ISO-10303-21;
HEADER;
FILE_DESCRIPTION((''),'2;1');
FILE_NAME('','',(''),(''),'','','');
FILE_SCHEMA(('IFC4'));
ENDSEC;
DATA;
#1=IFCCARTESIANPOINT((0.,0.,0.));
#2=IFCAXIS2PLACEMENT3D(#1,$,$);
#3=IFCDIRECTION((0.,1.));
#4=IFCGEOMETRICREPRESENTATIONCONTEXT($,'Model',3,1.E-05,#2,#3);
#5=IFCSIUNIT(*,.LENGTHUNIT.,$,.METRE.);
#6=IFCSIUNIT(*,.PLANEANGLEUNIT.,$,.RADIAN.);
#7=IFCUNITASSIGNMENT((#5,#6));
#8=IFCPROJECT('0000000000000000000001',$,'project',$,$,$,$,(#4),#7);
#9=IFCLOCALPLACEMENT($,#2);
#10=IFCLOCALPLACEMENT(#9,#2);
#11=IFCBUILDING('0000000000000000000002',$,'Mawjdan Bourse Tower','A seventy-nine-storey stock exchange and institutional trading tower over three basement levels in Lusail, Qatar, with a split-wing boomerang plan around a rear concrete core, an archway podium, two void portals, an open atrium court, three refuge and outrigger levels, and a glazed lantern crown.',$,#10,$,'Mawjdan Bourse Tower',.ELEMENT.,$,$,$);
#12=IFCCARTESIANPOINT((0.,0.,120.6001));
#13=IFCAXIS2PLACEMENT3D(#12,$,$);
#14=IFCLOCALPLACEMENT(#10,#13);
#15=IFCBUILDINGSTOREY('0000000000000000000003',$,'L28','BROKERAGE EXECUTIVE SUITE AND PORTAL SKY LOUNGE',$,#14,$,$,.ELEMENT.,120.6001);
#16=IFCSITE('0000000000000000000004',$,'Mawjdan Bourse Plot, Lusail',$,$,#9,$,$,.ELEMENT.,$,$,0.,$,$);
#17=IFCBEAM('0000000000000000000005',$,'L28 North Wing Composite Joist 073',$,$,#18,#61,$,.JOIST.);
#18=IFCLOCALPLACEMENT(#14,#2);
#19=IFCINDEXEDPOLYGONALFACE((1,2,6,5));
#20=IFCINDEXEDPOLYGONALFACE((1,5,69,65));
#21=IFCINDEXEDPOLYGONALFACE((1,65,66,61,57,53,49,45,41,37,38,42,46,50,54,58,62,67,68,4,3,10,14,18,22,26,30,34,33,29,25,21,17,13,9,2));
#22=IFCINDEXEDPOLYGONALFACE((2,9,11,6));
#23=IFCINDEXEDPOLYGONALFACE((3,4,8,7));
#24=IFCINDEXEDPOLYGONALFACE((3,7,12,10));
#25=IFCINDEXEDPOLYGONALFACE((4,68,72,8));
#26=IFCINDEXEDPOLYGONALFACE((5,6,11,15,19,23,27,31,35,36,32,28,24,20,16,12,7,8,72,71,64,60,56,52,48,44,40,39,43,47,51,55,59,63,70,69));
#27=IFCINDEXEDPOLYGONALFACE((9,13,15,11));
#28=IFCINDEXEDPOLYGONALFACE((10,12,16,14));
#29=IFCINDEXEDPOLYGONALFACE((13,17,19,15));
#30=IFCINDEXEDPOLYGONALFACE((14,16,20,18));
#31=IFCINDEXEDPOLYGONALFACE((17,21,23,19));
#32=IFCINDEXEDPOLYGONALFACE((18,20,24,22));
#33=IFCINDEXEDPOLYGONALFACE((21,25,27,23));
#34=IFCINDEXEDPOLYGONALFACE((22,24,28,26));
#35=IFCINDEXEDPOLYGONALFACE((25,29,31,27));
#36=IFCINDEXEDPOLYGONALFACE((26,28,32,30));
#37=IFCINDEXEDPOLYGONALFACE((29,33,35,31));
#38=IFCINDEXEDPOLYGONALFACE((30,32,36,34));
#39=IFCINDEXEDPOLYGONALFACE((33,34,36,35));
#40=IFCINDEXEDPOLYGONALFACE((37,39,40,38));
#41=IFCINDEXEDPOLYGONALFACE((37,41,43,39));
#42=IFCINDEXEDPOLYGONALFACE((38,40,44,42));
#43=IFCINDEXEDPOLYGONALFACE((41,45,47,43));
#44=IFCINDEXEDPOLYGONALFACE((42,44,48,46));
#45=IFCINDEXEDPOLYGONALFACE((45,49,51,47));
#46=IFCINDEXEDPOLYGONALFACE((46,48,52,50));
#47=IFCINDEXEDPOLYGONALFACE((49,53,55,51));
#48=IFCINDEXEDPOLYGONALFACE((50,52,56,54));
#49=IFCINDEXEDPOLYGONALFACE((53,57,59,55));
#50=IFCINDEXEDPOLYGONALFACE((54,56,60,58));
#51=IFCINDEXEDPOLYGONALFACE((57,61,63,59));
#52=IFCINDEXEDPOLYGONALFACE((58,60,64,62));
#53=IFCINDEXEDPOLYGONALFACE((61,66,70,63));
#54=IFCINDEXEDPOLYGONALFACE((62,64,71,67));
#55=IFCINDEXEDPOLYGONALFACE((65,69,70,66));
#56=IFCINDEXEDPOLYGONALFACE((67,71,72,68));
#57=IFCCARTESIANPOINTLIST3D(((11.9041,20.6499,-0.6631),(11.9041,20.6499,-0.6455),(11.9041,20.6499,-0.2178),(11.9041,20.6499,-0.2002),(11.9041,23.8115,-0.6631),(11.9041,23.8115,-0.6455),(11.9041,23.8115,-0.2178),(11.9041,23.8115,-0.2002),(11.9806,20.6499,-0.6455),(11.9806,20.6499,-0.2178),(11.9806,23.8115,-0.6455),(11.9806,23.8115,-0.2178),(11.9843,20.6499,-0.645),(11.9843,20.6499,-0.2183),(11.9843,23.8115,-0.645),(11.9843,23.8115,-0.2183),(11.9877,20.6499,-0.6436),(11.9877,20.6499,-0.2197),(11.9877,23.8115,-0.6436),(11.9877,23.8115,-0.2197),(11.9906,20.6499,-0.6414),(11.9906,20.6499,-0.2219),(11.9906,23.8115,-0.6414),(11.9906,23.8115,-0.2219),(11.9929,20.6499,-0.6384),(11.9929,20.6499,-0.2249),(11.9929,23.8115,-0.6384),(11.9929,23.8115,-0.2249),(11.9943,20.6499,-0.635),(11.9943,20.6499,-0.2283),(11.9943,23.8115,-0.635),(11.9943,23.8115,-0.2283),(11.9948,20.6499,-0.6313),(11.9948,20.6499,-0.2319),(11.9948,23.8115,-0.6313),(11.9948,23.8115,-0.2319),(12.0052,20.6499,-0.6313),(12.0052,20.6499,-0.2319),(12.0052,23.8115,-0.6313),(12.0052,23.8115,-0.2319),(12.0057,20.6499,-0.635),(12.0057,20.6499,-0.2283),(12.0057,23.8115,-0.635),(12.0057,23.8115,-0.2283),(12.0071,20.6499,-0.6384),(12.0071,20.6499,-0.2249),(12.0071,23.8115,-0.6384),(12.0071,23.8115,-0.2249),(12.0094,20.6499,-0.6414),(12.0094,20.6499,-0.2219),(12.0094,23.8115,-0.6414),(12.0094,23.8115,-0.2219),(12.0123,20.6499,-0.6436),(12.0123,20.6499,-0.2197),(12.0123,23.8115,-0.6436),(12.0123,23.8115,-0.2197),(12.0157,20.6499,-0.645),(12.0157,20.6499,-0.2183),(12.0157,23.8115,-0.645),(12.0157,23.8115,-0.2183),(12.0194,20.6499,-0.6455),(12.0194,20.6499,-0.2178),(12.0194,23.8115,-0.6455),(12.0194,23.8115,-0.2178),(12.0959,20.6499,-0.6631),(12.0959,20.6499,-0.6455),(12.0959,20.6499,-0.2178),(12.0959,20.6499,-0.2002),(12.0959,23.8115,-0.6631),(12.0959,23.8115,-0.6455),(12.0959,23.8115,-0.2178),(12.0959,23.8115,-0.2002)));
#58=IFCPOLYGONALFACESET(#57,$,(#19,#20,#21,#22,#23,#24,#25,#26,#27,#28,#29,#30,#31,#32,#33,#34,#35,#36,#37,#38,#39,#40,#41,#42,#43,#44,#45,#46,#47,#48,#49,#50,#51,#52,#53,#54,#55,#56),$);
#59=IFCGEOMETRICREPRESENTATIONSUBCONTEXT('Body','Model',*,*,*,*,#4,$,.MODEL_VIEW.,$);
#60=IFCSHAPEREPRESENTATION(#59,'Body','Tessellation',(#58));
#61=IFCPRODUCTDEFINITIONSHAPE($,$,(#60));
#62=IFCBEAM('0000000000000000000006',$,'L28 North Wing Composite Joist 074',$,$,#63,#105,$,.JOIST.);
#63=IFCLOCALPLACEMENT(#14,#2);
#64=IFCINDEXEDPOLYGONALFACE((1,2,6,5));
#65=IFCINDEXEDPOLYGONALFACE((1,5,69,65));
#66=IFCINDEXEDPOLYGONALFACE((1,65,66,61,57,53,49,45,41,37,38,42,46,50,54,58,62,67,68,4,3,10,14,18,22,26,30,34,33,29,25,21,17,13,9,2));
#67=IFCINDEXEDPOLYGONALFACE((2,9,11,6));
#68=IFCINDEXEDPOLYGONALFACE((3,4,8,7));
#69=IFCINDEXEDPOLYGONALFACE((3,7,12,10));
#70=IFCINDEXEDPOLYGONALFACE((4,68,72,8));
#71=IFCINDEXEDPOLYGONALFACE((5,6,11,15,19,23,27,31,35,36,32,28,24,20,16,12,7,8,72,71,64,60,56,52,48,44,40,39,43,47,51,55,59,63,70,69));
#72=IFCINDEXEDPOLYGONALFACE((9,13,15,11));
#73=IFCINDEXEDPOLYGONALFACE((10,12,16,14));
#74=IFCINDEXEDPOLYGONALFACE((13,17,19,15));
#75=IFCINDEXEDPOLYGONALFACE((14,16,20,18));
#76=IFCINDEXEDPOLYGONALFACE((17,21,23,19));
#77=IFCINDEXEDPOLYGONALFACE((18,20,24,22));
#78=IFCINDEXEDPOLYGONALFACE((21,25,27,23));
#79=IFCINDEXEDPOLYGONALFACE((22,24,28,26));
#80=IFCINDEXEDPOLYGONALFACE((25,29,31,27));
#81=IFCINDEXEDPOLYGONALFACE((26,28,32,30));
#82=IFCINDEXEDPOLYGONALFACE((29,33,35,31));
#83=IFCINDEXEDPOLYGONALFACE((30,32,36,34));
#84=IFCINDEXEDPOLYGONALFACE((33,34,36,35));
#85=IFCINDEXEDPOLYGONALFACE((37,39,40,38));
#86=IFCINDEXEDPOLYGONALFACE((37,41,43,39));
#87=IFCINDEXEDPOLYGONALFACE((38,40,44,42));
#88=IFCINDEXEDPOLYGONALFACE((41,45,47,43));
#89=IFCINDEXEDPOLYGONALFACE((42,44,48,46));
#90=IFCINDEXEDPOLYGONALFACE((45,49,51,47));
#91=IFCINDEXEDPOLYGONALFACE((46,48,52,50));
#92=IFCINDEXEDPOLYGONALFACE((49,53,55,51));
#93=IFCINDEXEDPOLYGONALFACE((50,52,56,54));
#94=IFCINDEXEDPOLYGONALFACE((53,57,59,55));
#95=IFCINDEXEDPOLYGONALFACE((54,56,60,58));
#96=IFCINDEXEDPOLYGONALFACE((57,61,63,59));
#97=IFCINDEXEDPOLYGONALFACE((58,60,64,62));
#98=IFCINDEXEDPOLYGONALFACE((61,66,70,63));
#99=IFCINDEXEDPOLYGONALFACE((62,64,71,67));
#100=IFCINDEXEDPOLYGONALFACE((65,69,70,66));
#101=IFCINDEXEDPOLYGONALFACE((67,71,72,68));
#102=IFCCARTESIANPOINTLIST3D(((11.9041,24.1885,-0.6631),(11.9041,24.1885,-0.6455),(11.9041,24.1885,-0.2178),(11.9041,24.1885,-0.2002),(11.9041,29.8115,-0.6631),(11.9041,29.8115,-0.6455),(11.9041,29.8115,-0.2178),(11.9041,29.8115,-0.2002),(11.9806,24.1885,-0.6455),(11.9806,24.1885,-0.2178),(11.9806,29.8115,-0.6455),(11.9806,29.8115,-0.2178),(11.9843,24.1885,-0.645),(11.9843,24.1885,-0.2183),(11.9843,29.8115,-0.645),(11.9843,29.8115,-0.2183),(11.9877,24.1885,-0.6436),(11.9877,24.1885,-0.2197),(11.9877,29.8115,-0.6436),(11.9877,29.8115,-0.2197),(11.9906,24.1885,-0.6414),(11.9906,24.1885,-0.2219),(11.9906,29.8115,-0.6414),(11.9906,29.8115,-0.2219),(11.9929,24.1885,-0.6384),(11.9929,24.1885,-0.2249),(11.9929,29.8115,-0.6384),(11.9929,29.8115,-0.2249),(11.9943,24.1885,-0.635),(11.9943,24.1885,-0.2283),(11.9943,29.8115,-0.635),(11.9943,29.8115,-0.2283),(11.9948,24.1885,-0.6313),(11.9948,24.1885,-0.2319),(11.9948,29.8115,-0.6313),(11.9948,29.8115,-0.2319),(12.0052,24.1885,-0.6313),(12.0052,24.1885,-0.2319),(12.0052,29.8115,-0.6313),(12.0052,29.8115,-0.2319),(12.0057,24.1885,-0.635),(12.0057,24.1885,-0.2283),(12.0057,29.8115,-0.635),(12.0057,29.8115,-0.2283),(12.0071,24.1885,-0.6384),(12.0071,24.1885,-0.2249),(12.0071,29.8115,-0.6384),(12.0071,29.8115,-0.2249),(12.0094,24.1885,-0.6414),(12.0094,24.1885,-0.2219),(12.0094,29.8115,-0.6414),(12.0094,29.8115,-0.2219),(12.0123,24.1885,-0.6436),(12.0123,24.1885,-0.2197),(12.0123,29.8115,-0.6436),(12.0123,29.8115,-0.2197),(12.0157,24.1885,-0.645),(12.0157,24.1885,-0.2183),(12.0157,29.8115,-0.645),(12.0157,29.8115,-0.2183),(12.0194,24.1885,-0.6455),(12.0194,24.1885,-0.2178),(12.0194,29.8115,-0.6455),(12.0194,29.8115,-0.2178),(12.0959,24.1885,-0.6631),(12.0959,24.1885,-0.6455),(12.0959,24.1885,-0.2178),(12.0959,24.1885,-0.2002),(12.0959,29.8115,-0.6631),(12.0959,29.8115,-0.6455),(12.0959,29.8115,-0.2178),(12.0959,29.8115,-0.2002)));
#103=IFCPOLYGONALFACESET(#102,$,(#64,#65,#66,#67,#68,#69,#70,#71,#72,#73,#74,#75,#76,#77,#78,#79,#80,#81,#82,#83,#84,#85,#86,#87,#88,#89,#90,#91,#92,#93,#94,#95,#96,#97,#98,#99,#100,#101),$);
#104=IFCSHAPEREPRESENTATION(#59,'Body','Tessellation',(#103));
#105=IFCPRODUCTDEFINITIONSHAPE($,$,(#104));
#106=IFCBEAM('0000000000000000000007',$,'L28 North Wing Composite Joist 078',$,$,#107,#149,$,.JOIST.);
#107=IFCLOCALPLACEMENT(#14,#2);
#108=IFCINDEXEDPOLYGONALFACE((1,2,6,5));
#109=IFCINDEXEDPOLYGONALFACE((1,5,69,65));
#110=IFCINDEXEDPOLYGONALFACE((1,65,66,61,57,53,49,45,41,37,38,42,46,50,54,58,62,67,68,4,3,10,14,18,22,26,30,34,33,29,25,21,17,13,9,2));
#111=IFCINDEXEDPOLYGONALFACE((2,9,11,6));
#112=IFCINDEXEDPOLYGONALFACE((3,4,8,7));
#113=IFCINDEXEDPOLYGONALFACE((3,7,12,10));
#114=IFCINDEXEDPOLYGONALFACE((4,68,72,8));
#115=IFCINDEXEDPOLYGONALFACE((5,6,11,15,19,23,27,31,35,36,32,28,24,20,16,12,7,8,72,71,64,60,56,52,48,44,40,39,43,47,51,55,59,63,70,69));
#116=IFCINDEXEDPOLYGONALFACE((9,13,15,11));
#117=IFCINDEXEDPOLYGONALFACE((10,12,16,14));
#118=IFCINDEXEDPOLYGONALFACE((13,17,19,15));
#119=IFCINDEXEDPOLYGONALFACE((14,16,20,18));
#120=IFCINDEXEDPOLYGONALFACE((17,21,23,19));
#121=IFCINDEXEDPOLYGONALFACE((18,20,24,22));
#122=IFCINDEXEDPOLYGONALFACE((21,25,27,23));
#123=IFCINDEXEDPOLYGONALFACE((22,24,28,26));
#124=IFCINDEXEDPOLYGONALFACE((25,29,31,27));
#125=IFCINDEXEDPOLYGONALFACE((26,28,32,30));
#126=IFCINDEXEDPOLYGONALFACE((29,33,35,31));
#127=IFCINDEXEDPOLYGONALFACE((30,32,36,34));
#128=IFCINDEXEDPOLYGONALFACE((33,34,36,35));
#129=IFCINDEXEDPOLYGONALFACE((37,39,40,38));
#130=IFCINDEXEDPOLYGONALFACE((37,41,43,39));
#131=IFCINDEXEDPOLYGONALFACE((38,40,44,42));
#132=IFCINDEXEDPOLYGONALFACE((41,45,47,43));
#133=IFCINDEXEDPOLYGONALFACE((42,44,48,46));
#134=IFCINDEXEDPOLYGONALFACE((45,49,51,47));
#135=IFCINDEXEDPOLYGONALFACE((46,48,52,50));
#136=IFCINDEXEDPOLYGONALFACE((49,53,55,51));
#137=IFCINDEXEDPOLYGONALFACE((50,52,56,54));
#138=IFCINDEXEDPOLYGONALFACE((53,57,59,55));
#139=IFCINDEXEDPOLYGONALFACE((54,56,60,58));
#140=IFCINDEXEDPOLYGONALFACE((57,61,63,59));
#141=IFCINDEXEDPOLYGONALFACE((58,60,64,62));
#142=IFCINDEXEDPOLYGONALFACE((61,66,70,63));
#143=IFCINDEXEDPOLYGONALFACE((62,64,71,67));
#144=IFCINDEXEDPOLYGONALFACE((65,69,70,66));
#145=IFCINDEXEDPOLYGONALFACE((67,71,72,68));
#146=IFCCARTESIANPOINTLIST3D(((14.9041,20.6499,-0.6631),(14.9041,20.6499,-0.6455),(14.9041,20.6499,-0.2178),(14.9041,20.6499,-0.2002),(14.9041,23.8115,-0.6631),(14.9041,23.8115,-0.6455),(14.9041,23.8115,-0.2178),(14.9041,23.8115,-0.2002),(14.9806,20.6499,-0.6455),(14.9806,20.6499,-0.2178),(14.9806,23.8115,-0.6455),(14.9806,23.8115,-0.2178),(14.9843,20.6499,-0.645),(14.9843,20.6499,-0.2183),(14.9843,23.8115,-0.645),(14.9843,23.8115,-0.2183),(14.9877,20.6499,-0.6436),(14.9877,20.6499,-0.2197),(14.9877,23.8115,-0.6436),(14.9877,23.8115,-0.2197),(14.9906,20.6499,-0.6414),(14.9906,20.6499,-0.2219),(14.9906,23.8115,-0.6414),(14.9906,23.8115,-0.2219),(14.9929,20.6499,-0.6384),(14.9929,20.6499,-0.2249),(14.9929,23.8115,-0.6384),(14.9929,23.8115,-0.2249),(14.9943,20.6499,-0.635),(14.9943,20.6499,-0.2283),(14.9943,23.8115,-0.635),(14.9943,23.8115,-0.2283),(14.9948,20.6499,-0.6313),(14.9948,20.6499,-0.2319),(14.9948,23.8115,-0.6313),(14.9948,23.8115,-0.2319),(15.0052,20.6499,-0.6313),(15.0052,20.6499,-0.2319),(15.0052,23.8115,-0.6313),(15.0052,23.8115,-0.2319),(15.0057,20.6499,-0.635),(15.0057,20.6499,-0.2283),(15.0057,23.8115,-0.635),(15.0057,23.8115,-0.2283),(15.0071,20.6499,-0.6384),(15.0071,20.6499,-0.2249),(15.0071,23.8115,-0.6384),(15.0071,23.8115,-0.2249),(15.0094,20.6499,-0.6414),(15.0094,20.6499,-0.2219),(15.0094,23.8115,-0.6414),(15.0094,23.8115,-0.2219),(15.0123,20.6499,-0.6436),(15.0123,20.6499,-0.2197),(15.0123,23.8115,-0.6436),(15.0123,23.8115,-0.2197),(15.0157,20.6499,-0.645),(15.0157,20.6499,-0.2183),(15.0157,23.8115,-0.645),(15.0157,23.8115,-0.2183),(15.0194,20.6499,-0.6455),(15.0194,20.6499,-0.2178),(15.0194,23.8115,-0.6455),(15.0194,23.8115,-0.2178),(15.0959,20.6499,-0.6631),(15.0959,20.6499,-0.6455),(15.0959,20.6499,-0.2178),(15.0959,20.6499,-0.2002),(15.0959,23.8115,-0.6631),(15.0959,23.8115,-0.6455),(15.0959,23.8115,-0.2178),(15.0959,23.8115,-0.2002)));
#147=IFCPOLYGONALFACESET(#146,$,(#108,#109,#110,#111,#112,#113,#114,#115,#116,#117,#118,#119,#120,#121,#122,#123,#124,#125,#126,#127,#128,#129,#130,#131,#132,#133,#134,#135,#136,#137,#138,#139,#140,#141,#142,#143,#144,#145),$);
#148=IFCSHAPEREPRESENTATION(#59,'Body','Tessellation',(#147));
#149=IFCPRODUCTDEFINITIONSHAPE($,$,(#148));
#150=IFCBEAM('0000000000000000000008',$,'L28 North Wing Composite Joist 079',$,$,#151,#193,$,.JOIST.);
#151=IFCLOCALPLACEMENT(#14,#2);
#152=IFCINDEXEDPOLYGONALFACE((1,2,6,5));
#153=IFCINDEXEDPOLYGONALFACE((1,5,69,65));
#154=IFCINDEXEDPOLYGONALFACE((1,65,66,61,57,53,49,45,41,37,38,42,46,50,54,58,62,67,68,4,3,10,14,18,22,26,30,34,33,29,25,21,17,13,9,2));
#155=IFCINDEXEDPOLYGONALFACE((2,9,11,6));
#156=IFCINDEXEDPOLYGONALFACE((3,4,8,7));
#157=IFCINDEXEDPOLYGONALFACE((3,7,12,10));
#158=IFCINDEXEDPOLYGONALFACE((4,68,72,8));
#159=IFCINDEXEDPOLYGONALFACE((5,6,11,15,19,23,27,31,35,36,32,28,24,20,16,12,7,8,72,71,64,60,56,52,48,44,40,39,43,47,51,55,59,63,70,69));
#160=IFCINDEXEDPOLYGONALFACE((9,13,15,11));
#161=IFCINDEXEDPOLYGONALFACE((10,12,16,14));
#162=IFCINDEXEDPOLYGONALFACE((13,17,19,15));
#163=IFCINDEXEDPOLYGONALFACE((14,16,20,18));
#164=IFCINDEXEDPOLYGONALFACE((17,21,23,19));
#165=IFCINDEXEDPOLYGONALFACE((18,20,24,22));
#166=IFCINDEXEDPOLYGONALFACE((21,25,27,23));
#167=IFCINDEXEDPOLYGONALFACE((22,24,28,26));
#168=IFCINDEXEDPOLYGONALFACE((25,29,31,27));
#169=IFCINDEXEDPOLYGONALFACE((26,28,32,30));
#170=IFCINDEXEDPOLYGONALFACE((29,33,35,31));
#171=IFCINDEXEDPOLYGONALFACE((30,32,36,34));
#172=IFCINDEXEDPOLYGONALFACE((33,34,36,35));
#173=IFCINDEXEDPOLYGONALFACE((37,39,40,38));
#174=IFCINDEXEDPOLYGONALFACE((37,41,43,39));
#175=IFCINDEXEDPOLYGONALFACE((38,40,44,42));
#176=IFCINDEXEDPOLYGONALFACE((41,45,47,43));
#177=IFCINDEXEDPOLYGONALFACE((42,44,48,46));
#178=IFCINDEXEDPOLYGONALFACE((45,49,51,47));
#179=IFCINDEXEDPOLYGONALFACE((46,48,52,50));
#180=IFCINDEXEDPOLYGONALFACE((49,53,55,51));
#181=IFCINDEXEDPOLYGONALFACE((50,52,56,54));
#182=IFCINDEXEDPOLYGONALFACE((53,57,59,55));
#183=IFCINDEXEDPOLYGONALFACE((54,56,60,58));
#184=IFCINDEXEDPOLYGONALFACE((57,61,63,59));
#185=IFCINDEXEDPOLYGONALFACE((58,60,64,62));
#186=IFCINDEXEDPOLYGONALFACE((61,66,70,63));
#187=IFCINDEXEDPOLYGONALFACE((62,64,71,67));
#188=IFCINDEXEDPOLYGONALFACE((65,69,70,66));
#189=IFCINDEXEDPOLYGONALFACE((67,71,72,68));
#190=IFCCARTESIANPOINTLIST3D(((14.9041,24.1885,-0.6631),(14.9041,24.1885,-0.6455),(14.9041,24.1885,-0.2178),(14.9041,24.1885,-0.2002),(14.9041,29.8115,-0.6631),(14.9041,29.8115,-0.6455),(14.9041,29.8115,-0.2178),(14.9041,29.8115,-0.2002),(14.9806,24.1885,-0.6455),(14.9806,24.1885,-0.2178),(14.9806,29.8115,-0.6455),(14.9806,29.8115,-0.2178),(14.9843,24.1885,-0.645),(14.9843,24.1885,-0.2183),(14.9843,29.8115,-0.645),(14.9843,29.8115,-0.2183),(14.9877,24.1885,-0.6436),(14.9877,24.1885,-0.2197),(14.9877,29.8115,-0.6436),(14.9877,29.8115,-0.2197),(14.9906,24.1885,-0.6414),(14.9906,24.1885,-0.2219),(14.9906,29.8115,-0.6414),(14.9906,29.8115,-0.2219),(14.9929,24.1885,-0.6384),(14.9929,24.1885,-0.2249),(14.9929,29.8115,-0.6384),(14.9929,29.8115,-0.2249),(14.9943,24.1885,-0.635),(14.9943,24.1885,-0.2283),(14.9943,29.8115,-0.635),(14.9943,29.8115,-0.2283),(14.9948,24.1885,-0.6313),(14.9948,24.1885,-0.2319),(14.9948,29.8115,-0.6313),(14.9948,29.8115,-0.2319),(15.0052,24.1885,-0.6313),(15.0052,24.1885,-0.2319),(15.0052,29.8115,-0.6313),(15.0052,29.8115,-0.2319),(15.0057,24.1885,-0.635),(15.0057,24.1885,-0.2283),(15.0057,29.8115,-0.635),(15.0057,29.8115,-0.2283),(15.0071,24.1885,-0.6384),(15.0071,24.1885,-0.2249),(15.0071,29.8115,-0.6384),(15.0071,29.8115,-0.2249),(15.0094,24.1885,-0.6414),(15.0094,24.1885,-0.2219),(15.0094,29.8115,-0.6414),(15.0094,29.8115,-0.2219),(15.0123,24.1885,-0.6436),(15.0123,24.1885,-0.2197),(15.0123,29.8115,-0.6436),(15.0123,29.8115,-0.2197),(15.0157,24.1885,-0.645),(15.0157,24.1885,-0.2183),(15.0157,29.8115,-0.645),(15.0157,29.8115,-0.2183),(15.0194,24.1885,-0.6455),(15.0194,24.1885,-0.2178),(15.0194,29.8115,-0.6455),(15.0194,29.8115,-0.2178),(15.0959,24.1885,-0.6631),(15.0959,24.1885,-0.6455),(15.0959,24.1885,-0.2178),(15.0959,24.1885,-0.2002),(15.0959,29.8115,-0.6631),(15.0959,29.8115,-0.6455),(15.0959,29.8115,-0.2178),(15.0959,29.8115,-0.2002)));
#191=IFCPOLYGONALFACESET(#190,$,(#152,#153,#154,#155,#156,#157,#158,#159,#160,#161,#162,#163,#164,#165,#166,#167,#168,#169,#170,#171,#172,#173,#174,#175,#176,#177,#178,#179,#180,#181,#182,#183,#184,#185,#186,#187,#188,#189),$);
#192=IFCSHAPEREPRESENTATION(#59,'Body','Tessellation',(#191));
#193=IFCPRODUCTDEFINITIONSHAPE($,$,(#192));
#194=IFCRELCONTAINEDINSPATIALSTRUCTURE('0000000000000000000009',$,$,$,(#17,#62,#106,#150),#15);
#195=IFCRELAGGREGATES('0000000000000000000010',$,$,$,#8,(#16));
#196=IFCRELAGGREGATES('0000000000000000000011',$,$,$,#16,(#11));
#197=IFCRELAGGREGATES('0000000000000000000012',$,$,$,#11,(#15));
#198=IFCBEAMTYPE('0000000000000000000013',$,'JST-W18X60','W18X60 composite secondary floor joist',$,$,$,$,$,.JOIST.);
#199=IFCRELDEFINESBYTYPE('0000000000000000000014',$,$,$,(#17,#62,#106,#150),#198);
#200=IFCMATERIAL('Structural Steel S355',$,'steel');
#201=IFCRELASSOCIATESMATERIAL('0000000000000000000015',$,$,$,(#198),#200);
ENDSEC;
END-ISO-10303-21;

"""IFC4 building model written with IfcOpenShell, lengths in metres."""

from ifc_helpers import new_model, si_unit, direction, frame, origin, origin_2d, place, context, subcontext, project, spatial, i_section, extrude, material, material_profile, profile_set, type_object, element, save


model = new_model("IFC4")

# Units and contexts
model_context = context("Model", 3, precision=1e-05, world=origin(), true_north=direction((0.0, 1.0)))
body_context = subcontext(model_context, "Body", "Model", "MODEL_VIEW")
ifc_project = project(units=[si_unit("LENGTHUNIT", "METRE"), si_unit("PLANEANGLEUNIT", "RADIAN")], contexts=[model_context])

# Site, building, storey
site_placement = place(None, origin())
site = spatial("IfcSite", under=ifc_project, at=site_placement, Name="Mawjdan Bourse Plot, Lusail", CompositionType="ELEMENT", RefElevation=0.0)
building_placement = place(site_placement, origin())
building = spatial("IfcBuilding", under=site, at=building_placement, Name="Mawjdan Bourse Tower", Description="A seventy-nine-storey stock exchange and institutional trading tower over three basement levels in Lusail, Qatar, with a split-wing boomerang plan around a rear concrete core, an archway podium, two void portals, an open atrium court, three refuge and outrigger levels, and a glazed lantern crown.", LongName="Mawjdan Bourse Tower", CompositionType="ELEMENT")
storey_placement = place(building_placement, frame((0.0, 0.0, 120.6001)))
storey = spatial("IfcBuildingStorey", under=building, at=storey_placement, Name="L28", Description="BROKERAGE EXECUTIVE SUITE AND PORTAL SKY LOUNGE", CompositionType="ELEMENT", Elevation=120.6001)

# Beams
ifc_material_1 = material(Name="Structural Steel S355", Category="steel")
ifc_material_profile_1 = material_profile(ifc_material_1, i_section(OverallWidth=0.1919, OverallDepth=0.4629, WebThickness=0.0105, FlangeThickness=0.0176, FilletRadius=0.0142, at=origin_2d()), Name="W18X60")
ifc_profile_set_1 = profile_set([ifc_material_profile_1], Name="Structural Steel S355")
beam_type_1 = type_object("IfcBeamType", Name="JST-W18X60", Description="W18X60 composite secondary floor joist", PredefinedType="JOIST", material=ifc_profile_set_1)
beam_1_placement = place(storey_placement, frame((12.0, 20.6499, -0.4316), z_axis=(0.0, 1.0, 0.0), x_axis=(-1.0, 0.0, 0.0)))
element("IfcBeam", 1, at=beam_1_placement, inside=storey, type_object=beam_type_1, Name="L28 North Wing Composite Joist 073", PredefinedType="JOIST", context=body_context, shape_type="SweptSolid", body=[
    extrude(i_section(OverallWidth=0.1919, OverallDepth=0.4629, WebThickness=0.0105, FlangeThickness=0.0176, FilletRadius=0.0142, at=origin_2d()), origin(), (0.0, 0.0, 1.0), 3.1616),
])
beam_2_placement = place(storey_placement, frame((12.0, 24.1885, -0.4316), z_axis=(0.0, 1.0, 0.0), x_axis=(-1.0, 0.0, 0.0)))
element("IfcBeam", 2, at=beam_2_placement, inside=storey, type_object=beam_type_1, Name="L28 North Wing Composite Joist 074", PredefinedType="JOIST", context=body_context, shape_type="SweptSolid", body=[
    extrude(i_section(OverallWidth=0.1919, OverallDepth=0.4629, WebThickness=0.0105, FlangeThickness=0.0176, FilletRadius=0.0142, at=origin_2d()), origin(), (0.0, 0.0, 1.0), 5.623),
])
beam_3_placement = place(storey_placement, frame((15.0, 20.6499, -0.4316), z_axis=(0.0, 1.0, 0.0), x_axis=(-1.0, 0.0, 0.0)))
element("IfcBeam", 3, at=beam_3_placement, inside=storey, type_object=beam_type_1, Name="L28 North Wing Composite Joist 078", PredefinedType="JOIST", context=body_context, shape_type="SweptSolid", body=[
    extrude(i_section(OverallWidth=0.1919, OverallDepth=0.4629, WebThickness=0.0105, FlangeThickness=0.0176, FilletRadius=0.0142, at=origin_2d()), origin(), (0.0, 0.0, 1.0), 3.1616),
])
beam_4_placement = place(storey_placement, frame((15.0, 24.1885, -0.4316), z_axis=(0.0, 1.0, 0.0), x_axis=(-1.0, 0.0, 0.0)))
element("IfcBeam", 4, at=beam_4_placement, inside=storey, type_object=beam_type_1, Name="L28 North Wing Composite Joist 079", PredefinedType="JOIST", context=body_context, shape_type="SweptSolid", body=[
    extrude(i_section(OverallWidth=0.1919, OverallDepth=0.4629, WebThickness=0.0105, FlangeThickness=0.0176, FilletRadius=0.0142, at=origin_2d()), origin(), (0.0, 0.0, 1.0), 5.623),
])

save(model, "model.ifc")
